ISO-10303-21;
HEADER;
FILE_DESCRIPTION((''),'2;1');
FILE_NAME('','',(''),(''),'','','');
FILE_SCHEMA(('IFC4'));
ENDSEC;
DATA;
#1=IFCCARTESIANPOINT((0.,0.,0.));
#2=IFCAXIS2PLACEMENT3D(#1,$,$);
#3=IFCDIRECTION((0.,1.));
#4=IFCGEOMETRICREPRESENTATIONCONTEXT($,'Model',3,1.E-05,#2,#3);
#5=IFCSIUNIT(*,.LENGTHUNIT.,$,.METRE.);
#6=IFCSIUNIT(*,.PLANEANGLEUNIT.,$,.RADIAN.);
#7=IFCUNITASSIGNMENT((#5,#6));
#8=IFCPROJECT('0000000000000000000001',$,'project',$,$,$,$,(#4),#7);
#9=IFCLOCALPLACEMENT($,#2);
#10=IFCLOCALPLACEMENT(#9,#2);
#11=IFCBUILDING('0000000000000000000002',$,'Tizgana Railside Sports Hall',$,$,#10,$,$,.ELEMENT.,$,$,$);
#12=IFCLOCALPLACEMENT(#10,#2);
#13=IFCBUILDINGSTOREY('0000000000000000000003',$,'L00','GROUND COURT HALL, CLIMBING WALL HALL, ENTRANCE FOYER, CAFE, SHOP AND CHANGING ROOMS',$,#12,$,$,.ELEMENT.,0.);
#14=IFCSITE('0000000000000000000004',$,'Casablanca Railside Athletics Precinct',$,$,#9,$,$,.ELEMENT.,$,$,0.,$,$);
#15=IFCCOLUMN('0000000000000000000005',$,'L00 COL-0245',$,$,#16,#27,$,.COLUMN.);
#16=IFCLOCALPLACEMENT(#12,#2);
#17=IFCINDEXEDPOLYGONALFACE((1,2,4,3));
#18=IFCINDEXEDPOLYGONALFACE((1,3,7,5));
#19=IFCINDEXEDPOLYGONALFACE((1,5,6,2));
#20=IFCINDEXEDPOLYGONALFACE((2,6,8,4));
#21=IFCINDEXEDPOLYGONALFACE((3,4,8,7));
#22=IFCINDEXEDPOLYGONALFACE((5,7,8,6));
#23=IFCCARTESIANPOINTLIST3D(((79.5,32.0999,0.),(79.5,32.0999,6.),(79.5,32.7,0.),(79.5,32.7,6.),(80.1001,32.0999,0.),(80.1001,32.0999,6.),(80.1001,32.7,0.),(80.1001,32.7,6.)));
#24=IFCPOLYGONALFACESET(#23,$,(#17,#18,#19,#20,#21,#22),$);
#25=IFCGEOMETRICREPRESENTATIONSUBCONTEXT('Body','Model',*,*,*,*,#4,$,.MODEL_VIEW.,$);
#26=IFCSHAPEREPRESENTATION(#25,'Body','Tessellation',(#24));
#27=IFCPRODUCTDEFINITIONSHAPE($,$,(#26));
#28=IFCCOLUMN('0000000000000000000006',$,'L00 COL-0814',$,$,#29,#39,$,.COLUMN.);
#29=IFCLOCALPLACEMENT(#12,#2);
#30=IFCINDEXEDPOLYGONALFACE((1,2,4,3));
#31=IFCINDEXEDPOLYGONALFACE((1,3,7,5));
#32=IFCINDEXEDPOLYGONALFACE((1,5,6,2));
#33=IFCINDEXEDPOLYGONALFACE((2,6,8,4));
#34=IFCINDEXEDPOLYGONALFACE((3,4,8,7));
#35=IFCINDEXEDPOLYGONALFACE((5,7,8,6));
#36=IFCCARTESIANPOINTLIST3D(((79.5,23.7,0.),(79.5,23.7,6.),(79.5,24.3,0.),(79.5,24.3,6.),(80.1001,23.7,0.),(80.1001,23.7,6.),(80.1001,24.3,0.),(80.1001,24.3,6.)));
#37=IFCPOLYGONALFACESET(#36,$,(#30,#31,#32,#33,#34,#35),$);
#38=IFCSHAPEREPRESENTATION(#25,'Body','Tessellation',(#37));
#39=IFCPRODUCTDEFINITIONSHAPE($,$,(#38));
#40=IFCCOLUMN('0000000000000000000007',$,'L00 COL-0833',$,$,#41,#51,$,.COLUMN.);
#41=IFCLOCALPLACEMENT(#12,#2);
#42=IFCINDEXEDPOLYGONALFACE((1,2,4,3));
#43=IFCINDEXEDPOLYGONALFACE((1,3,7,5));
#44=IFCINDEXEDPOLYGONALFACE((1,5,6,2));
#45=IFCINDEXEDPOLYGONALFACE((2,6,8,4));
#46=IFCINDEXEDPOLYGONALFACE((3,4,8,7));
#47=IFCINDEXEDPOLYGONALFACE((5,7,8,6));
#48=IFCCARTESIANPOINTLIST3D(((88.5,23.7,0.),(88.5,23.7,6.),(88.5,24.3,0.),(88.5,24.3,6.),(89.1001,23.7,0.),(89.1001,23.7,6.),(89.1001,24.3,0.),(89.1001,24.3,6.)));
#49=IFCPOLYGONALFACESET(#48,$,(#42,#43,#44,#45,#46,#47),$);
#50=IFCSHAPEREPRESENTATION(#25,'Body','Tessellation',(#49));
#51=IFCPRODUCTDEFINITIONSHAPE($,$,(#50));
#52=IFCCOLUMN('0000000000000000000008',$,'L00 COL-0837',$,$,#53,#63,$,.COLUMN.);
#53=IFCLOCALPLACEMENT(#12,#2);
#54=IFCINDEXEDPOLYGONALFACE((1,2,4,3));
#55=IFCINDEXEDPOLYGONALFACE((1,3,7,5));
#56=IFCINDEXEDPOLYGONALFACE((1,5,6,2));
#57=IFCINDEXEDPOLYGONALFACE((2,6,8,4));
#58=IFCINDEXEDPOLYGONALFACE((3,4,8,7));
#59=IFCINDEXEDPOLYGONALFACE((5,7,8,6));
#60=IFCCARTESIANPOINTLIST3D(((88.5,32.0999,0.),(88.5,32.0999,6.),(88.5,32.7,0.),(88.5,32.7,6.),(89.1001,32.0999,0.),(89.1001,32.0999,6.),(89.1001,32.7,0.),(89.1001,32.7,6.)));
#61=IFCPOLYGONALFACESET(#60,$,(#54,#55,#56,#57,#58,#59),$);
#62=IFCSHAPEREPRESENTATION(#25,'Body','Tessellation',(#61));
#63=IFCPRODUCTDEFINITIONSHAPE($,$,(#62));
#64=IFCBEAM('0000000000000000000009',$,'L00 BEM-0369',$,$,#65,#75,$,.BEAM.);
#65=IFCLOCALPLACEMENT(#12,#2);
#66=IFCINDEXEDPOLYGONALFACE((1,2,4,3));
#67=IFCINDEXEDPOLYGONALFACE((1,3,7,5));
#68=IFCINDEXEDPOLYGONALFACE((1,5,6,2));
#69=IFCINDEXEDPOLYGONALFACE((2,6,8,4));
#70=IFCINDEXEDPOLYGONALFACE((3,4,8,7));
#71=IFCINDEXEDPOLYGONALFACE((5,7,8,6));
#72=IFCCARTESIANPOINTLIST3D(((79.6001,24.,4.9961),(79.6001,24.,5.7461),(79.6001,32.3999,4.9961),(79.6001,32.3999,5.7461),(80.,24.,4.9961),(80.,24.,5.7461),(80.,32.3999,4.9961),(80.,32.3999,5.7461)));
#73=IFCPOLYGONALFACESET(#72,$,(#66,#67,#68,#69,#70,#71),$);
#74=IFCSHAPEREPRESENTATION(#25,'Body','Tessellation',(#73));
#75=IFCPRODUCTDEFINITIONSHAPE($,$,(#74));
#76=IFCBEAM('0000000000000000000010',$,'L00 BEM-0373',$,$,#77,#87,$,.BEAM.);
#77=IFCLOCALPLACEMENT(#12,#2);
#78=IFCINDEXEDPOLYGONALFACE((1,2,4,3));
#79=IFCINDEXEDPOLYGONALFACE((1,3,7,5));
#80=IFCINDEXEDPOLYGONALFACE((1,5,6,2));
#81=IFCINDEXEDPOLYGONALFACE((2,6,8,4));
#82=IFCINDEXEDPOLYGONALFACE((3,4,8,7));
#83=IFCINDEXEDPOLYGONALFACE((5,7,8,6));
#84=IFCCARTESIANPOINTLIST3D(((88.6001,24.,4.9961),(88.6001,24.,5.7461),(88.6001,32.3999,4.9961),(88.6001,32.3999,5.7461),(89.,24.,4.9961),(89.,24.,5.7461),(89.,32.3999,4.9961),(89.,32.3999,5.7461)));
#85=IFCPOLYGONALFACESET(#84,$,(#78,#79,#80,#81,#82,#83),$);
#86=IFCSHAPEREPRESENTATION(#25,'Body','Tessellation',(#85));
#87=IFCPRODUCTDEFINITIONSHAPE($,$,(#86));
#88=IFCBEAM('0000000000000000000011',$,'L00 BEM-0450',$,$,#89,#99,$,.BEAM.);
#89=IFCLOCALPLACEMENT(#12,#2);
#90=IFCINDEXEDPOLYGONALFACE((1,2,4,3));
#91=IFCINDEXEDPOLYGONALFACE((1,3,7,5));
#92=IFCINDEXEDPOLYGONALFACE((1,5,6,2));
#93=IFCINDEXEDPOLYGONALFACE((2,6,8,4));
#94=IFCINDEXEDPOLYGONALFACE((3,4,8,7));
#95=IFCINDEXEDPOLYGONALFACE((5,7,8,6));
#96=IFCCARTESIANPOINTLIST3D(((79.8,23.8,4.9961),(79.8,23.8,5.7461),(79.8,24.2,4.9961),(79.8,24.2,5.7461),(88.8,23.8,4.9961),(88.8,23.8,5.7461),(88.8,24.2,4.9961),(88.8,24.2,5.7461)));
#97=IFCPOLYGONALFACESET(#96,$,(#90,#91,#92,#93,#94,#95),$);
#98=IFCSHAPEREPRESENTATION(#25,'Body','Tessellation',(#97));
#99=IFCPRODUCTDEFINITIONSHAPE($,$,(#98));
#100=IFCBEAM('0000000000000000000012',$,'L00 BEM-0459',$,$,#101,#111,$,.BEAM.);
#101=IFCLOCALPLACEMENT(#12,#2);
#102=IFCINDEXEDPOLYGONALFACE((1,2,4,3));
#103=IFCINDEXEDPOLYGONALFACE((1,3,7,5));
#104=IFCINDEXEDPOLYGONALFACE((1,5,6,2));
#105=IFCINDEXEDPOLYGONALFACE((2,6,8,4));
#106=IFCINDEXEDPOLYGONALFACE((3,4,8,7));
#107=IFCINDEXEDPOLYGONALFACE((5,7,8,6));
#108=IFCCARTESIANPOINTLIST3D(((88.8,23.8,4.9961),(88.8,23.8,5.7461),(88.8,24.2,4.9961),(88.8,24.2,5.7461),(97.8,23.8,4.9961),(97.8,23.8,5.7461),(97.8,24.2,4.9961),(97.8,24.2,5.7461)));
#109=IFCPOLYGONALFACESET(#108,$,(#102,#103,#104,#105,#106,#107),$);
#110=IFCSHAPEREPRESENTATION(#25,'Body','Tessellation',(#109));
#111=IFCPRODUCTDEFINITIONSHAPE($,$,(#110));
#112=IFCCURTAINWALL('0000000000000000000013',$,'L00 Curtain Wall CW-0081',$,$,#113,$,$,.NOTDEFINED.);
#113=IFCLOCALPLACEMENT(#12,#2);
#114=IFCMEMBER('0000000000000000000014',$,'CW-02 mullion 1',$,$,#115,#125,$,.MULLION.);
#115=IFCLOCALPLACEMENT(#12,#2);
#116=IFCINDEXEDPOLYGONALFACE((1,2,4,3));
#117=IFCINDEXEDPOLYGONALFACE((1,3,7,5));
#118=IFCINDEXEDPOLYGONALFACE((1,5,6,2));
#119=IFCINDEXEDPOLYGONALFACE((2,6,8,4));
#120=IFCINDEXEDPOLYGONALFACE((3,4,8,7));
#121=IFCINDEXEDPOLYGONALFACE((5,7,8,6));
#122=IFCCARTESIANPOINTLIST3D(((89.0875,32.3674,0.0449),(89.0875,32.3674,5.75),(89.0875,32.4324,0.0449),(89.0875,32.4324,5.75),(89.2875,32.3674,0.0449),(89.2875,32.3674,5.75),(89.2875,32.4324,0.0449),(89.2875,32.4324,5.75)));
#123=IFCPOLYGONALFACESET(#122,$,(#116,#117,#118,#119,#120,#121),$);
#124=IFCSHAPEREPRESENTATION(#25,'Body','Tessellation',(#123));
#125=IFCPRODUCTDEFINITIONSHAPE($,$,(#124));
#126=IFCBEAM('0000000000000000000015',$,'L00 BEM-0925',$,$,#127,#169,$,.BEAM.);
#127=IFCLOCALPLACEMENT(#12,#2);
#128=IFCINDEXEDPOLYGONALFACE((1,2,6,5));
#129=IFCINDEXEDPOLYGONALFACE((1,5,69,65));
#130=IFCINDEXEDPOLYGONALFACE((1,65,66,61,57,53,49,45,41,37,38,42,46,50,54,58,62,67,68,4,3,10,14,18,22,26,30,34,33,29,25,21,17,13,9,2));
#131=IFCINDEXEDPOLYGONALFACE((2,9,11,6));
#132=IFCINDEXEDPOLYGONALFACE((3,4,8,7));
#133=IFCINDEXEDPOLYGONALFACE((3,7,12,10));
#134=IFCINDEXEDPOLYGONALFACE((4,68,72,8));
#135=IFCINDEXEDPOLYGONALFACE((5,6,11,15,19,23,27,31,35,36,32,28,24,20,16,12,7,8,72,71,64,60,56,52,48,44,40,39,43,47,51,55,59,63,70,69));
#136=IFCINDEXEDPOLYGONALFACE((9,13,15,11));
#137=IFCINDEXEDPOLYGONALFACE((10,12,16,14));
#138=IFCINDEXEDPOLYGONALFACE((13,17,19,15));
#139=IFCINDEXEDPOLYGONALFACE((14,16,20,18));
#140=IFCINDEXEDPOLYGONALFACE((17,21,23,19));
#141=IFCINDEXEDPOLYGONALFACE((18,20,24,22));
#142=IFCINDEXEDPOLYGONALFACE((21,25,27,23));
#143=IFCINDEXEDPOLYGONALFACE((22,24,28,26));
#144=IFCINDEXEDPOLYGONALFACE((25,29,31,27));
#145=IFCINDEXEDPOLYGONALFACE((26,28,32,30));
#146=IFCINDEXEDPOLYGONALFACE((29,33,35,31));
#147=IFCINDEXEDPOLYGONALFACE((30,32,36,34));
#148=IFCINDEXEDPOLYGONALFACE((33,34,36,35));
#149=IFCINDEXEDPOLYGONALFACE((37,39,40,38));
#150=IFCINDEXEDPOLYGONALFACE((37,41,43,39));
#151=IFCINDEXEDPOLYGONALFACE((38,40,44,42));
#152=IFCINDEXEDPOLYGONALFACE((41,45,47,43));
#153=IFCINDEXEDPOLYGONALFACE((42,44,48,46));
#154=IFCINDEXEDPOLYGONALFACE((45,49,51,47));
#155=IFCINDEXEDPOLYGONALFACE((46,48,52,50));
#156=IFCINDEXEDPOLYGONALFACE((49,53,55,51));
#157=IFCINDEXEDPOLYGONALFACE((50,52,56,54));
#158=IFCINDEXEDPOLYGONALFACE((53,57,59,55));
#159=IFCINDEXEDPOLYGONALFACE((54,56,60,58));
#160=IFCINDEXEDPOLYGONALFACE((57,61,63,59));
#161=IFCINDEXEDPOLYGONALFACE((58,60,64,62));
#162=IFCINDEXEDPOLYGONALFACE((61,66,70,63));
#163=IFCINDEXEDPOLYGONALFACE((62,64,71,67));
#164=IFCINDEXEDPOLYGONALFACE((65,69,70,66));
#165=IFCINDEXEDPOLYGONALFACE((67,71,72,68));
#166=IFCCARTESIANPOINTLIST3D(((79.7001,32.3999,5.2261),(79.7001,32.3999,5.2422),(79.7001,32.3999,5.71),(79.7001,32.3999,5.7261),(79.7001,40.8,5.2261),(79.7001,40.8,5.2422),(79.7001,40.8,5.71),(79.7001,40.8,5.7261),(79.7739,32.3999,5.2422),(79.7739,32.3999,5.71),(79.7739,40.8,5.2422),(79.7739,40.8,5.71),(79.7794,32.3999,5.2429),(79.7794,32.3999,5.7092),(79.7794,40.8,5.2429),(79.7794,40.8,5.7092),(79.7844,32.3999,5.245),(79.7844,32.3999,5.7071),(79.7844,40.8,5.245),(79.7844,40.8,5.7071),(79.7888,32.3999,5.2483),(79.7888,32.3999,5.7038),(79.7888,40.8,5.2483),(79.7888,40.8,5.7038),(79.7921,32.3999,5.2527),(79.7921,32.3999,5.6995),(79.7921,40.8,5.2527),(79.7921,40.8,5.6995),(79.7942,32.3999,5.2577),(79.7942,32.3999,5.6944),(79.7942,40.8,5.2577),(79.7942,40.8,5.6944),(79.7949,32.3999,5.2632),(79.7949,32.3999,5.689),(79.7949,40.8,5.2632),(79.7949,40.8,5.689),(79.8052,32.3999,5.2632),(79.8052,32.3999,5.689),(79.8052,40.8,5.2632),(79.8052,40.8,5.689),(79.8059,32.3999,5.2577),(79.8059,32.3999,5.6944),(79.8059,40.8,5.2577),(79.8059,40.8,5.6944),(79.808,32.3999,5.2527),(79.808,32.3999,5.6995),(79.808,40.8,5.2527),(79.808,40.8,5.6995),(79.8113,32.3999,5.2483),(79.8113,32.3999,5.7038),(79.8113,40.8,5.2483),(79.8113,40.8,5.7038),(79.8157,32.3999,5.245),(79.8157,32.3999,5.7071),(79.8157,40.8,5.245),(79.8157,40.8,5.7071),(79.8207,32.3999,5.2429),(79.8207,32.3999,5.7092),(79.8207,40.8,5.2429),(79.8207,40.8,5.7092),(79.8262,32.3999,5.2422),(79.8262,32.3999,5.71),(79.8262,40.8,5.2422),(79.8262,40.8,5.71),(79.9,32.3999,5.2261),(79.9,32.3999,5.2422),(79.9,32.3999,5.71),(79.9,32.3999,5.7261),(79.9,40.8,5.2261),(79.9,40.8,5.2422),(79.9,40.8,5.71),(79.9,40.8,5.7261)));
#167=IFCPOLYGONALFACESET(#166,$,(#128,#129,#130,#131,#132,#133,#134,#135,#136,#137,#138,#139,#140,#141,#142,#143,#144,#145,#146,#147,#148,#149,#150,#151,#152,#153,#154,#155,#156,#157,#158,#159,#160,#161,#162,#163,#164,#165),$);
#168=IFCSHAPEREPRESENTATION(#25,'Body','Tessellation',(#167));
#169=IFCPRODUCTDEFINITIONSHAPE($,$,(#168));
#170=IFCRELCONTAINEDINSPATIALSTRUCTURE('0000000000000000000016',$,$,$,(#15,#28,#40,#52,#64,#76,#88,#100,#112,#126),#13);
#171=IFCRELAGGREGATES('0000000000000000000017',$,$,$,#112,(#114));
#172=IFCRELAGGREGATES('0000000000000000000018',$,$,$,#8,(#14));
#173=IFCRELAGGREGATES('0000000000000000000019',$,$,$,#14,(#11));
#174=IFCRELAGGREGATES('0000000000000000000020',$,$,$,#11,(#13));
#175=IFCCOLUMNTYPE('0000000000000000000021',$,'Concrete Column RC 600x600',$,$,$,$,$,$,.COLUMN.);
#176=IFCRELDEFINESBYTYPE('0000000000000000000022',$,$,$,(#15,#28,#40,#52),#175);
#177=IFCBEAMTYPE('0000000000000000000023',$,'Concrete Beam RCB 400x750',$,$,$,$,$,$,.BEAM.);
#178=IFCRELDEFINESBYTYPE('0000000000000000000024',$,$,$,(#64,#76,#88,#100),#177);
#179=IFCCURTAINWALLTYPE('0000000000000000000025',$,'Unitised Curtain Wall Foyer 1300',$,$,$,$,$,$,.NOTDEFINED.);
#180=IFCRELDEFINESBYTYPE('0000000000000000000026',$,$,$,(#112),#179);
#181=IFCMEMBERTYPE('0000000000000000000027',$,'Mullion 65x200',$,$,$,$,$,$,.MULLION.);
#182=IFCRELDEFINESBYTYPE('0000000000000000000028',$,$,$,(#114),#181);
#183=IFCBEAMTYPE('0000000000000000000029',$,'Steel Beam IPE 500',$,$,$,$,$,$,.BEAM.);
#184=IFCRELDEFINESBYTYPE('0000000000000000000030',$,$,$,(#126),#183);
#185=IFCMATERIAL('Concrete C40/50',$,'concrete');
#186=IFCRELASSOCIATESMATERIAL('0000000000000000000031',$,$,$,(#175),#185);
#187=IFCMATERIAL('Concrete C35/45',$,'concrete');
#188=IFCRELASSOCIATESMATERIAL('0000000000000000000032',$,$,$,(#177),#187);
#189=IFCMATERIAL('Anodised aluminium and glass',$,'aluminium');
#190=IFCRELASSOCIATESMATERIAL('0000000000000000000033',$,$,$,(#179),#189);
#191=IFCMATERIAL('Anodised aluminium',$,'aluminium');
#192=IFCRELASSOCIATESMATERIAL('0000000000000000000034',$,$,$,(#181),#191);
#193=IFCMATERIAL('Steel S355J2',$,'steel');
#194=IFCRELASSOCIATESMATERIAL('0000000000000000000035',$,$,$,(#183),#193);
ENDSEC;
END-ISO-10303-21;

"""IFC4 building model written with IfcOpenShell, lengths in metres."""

from ifc_helpers import new_model, si_unit, direction, frame, origin, origin_2d, place, context, subcontext, project, spatial, rectangle, i_section, extrude, material, material_profile, profile_set, type_object, element, aggregate, save


model = new_model("IFC4")

# Units and contexts
model_context = context("Model", 3, precision=1e-05, world=origin(), true_north=direction((0.0, 1.0)))
body_context = subcontext(model_context, "Body", "Model", "MODEL_VIEW")
ifc_project = project(units=[si_unit("LENGTHUNIT", "METRE"), si_unit("PLANEANGLEUNIT", "RADIAN")], contexts=[model_context])

# Site, building, storey
site_placement = place(None, origin())
site = spatial("IfcSite", under=ifc_project, at=site_placement, Name="Casablanca Railside Athletics Precinct", CompositionType="ELEMENT", RefElevation=0.0)
building_placement = place(site_placement, origin())
building = spatial("IfcBuilding", under=site, at=building_placement, Name="Tizgana Railside Sports Hall", CompositionType="ELEMENT")
storey_placement = place(building_placement, origin())
storey = spatial("IfcBuildingStorey", under=building, at=storey_placement, Name="L00", Description="GROUND COURT HALL, CLIMBING WALL HALL, ENTRANCE FOYER, CAFE, SHOP AND CHANGING ROOMS", CompositionType="ELEMENT", Elevation=0.0)

# Columns
ifc_material_1 = material(Name="Concrete C40/50", Category="concrete")
ifc_material_profile_1 = material_profile(ifc_material_1, rectangle(XDim=0.6001, YDim=0.6001, at=origin_2d()), Name="RC 600x600")
ifc_profile_set_1 = profile_set([ifc_material_profile_1], Name="Concrete C40/50")
column_type = type_object("IfcColumnType", Name="Concrete Column RC 600x600", PredefinedType="COLUMN", material=ifc_profile_set_1)
for number, where, z_axis, x_axis, name in (
    (1, (79.8, 32.3999, 0.0), (0.0, 0.0, 1.0), (1.0, 0.0, 0.0), "L00 COL-0245"),
    (2, (79.8, 24.0, 0.0), (0.0, 0.0, 1.0), (1.0, 0.0, 0.0), "L00 COL-0814"),
    (3, (88.8, 24.0, 0.0), (0.0, 0.0, 1.0), (1.0, 0.0, 0.0), "L00 COL-0833"),
    (4, (88.8, 32.3999, 0.0), (0.0, 0.0, 1.0), (1.0, 0.0, 0.0), "L00 COL-0837"),
):
    element("IfcColumn", number, at=place(storey_placement, frame(where, z_axis=z_axis, x_axis=x_axis)), inside=storey, type_object=column_type, Name=name, PredefinedType="COLUMN", context=body_context, shape_type="SweptSolid", body=[
        extrude(rectangle(XDim=0.6001, YDim=0.6001, at=origin_2d()), origin(), (0.0, 0.0, 1.0), 6.0),
    ])

# Beams
ifc_material_2 = material(Name="Concrete C35/45", Category="concrete")
ifc_material_profile_2 = material_profile(ifc_material_2, rectangle(XDim=0.3999, YDim=0.75, at=origin_2d()), Name="RCB 400x750")
ifc_profile_set_2 = profile_set([ifc_material_profile_2], Name="Concrete C35/45")
beam_type_1 = type_object("IfcBeamType", Name="Concrete Beam RCB 400x750", PredefinedType="BEAM", material=ifc_profile_set_2)
for number, where, z_axis, x_axis, name in (
    (5, (79.8, 24.0, 5.3711), (0.0, 1.0, 0.0), (-1.0, 0.0, 0.0), "L00 BEM-0369"),
    (6, (88.8, 24.0, 5.3711), (0.0, 1.0, 0.0), (-1.0, 0.0, 0.0), "L00 BEM-0373"),
):
    element("IfcBeam", number, at=place(storey_placement, frame(where, z_axis=z_axis, x_axis=x_axis)), inside=storey, type_object=beam_type_1, Name=name, PredefinedType="BEAM", context=body_context, shape_type="SweptSolid", body=[
        extrude(rectangle(XDim=0.3999, YDim=0.75, at=origin_2d()), origin(), (0.0, 0.0, 1.0), 8.3999),
    ])
for number, where, z_axis, x_axis, name in (
    (7, (79.8, 24.0, 5.3711), (1.0, 0.0, 0.0), (0.0, 1.0, 0.0), "L00 BEM-0450"),
    (8, (88.8, 24.0, 5.3711), (1.0, 0.0, 0.0), (0.0, 1.0, 0.0), "L00 BEM-0459"),
):
    element("IfcBeam", number, at=place(storey_placement, frame(where, z_axis=z_axis, x_axis=x_axis)), inside=storey, type_object=beam_type_1, Name=name, PredefinedType="BEAM", context=body_context, shape_type="SweptSolid", body=[
        extrude(rectangle(XDim=0.3999, YDim=0.75, at=origin_2d()), origin(), (0.0, 0.0, 1.0), 9.0),
    ])

# Curtain wall, member
ifc_material_3 = material(Name="Anodised aluminium and glass", Category="aluminium")
curtain_wall_type = type_object("IfcCurtainWallType", Name="Unitised Curtain Wall Foyer 1300", PredefinedType="NOTDEFINED", material=ifc_material_3)
curtain_wall_placement = place(storey_placement, origin())
curtain_wall = element("IfcCurtainWall", 9, at=curtain_wall_placement, inside=storey, type_object=curtain_wall_type, Name="L00 Curtain Wall CW-0081", PredefinedType="NOTDEFINED")
ifc_material_4 = material(Name="Anodised aluminium", Category="aluminium")
ifc_material_profile_3 = material_profile(ifc_material_4, rectangle(XDim=0.0649, YDim=0.2, at=origin_2d()), Name="Mullion 65x200")
ifc_profile_set_3 = profile_set([ifc_material_profile_3], Name="Anodised aluminium")
member_type_1 = type_object("IfcMemberType", Name="Mullion 65x200", PredefinedType="MULLION", material=ifc_profile_set_3)
member_1_placement = place(storey_placement, frame((89.1875, 32.3999, 0.0449), z_axis=(0.0, 0.0, 1.0), x_axis=(0.0, 1.0, 0.0)))
member_1 = element("IfcMember", 10, at=member_1_placement, type_object=member_type_1, Name="CW-02 mullion 1", PredefinedType="MULLION", context=body_context, shape_type="SweptSolid", body=[
    extrude(rectangle(XDim=0.0649, YDim=0.2, at=origin_2d()), origin(), (0.0, 0.0, 1.0), 5.7051),
])

# Beam
ifc_material_5 = material(Name="Steel S355J2", Category="steel")
ifc_material_profile_4 = material_profile(ifc_material_5, i_section(OverallWidth=0.2, OverallDepth=0.5, WebThickness=0.0103, FlangeThickness=0.0161, FilletRadius=0.021, at=origin_2d()), Name="IPE 500")
ifc_profile_set_4 = profile_set([ifc_material_profile_4], Name="Steel S355J2")
beam_type_2 = type_object("IfcBeamType", Name="Steel Beam IPE 500", PredefinedType="BEAM", material=ifc_profile_set_4)
beam_placement = place(storey_placement, frame((79.8, 32.3999, 5.4761), z_axis=(0.0, 1.0, 0.0), x_axis=(-1.0, 0.0, 0.0)))
element("IfcBeam", 11, at=beam_placement, inside=storey, type_object=beam_type_2, Name="L00 BEM-0925", PredefinedType="BEAM", context=body_context, shape_type="SweptSolid", body=[
    extrude(i_section(OverallWidth=0.2, OverallDepth=0.5, WebThickness=0.0103, FlangeThickness=0.0161, FilletRadius=0.021, at=origin_2d()), origin(), (0.0, 0.0, 1.0), 8.4001),
])

aggregate(curtain_wall, [member_1])

save(model, "model.ifc")
